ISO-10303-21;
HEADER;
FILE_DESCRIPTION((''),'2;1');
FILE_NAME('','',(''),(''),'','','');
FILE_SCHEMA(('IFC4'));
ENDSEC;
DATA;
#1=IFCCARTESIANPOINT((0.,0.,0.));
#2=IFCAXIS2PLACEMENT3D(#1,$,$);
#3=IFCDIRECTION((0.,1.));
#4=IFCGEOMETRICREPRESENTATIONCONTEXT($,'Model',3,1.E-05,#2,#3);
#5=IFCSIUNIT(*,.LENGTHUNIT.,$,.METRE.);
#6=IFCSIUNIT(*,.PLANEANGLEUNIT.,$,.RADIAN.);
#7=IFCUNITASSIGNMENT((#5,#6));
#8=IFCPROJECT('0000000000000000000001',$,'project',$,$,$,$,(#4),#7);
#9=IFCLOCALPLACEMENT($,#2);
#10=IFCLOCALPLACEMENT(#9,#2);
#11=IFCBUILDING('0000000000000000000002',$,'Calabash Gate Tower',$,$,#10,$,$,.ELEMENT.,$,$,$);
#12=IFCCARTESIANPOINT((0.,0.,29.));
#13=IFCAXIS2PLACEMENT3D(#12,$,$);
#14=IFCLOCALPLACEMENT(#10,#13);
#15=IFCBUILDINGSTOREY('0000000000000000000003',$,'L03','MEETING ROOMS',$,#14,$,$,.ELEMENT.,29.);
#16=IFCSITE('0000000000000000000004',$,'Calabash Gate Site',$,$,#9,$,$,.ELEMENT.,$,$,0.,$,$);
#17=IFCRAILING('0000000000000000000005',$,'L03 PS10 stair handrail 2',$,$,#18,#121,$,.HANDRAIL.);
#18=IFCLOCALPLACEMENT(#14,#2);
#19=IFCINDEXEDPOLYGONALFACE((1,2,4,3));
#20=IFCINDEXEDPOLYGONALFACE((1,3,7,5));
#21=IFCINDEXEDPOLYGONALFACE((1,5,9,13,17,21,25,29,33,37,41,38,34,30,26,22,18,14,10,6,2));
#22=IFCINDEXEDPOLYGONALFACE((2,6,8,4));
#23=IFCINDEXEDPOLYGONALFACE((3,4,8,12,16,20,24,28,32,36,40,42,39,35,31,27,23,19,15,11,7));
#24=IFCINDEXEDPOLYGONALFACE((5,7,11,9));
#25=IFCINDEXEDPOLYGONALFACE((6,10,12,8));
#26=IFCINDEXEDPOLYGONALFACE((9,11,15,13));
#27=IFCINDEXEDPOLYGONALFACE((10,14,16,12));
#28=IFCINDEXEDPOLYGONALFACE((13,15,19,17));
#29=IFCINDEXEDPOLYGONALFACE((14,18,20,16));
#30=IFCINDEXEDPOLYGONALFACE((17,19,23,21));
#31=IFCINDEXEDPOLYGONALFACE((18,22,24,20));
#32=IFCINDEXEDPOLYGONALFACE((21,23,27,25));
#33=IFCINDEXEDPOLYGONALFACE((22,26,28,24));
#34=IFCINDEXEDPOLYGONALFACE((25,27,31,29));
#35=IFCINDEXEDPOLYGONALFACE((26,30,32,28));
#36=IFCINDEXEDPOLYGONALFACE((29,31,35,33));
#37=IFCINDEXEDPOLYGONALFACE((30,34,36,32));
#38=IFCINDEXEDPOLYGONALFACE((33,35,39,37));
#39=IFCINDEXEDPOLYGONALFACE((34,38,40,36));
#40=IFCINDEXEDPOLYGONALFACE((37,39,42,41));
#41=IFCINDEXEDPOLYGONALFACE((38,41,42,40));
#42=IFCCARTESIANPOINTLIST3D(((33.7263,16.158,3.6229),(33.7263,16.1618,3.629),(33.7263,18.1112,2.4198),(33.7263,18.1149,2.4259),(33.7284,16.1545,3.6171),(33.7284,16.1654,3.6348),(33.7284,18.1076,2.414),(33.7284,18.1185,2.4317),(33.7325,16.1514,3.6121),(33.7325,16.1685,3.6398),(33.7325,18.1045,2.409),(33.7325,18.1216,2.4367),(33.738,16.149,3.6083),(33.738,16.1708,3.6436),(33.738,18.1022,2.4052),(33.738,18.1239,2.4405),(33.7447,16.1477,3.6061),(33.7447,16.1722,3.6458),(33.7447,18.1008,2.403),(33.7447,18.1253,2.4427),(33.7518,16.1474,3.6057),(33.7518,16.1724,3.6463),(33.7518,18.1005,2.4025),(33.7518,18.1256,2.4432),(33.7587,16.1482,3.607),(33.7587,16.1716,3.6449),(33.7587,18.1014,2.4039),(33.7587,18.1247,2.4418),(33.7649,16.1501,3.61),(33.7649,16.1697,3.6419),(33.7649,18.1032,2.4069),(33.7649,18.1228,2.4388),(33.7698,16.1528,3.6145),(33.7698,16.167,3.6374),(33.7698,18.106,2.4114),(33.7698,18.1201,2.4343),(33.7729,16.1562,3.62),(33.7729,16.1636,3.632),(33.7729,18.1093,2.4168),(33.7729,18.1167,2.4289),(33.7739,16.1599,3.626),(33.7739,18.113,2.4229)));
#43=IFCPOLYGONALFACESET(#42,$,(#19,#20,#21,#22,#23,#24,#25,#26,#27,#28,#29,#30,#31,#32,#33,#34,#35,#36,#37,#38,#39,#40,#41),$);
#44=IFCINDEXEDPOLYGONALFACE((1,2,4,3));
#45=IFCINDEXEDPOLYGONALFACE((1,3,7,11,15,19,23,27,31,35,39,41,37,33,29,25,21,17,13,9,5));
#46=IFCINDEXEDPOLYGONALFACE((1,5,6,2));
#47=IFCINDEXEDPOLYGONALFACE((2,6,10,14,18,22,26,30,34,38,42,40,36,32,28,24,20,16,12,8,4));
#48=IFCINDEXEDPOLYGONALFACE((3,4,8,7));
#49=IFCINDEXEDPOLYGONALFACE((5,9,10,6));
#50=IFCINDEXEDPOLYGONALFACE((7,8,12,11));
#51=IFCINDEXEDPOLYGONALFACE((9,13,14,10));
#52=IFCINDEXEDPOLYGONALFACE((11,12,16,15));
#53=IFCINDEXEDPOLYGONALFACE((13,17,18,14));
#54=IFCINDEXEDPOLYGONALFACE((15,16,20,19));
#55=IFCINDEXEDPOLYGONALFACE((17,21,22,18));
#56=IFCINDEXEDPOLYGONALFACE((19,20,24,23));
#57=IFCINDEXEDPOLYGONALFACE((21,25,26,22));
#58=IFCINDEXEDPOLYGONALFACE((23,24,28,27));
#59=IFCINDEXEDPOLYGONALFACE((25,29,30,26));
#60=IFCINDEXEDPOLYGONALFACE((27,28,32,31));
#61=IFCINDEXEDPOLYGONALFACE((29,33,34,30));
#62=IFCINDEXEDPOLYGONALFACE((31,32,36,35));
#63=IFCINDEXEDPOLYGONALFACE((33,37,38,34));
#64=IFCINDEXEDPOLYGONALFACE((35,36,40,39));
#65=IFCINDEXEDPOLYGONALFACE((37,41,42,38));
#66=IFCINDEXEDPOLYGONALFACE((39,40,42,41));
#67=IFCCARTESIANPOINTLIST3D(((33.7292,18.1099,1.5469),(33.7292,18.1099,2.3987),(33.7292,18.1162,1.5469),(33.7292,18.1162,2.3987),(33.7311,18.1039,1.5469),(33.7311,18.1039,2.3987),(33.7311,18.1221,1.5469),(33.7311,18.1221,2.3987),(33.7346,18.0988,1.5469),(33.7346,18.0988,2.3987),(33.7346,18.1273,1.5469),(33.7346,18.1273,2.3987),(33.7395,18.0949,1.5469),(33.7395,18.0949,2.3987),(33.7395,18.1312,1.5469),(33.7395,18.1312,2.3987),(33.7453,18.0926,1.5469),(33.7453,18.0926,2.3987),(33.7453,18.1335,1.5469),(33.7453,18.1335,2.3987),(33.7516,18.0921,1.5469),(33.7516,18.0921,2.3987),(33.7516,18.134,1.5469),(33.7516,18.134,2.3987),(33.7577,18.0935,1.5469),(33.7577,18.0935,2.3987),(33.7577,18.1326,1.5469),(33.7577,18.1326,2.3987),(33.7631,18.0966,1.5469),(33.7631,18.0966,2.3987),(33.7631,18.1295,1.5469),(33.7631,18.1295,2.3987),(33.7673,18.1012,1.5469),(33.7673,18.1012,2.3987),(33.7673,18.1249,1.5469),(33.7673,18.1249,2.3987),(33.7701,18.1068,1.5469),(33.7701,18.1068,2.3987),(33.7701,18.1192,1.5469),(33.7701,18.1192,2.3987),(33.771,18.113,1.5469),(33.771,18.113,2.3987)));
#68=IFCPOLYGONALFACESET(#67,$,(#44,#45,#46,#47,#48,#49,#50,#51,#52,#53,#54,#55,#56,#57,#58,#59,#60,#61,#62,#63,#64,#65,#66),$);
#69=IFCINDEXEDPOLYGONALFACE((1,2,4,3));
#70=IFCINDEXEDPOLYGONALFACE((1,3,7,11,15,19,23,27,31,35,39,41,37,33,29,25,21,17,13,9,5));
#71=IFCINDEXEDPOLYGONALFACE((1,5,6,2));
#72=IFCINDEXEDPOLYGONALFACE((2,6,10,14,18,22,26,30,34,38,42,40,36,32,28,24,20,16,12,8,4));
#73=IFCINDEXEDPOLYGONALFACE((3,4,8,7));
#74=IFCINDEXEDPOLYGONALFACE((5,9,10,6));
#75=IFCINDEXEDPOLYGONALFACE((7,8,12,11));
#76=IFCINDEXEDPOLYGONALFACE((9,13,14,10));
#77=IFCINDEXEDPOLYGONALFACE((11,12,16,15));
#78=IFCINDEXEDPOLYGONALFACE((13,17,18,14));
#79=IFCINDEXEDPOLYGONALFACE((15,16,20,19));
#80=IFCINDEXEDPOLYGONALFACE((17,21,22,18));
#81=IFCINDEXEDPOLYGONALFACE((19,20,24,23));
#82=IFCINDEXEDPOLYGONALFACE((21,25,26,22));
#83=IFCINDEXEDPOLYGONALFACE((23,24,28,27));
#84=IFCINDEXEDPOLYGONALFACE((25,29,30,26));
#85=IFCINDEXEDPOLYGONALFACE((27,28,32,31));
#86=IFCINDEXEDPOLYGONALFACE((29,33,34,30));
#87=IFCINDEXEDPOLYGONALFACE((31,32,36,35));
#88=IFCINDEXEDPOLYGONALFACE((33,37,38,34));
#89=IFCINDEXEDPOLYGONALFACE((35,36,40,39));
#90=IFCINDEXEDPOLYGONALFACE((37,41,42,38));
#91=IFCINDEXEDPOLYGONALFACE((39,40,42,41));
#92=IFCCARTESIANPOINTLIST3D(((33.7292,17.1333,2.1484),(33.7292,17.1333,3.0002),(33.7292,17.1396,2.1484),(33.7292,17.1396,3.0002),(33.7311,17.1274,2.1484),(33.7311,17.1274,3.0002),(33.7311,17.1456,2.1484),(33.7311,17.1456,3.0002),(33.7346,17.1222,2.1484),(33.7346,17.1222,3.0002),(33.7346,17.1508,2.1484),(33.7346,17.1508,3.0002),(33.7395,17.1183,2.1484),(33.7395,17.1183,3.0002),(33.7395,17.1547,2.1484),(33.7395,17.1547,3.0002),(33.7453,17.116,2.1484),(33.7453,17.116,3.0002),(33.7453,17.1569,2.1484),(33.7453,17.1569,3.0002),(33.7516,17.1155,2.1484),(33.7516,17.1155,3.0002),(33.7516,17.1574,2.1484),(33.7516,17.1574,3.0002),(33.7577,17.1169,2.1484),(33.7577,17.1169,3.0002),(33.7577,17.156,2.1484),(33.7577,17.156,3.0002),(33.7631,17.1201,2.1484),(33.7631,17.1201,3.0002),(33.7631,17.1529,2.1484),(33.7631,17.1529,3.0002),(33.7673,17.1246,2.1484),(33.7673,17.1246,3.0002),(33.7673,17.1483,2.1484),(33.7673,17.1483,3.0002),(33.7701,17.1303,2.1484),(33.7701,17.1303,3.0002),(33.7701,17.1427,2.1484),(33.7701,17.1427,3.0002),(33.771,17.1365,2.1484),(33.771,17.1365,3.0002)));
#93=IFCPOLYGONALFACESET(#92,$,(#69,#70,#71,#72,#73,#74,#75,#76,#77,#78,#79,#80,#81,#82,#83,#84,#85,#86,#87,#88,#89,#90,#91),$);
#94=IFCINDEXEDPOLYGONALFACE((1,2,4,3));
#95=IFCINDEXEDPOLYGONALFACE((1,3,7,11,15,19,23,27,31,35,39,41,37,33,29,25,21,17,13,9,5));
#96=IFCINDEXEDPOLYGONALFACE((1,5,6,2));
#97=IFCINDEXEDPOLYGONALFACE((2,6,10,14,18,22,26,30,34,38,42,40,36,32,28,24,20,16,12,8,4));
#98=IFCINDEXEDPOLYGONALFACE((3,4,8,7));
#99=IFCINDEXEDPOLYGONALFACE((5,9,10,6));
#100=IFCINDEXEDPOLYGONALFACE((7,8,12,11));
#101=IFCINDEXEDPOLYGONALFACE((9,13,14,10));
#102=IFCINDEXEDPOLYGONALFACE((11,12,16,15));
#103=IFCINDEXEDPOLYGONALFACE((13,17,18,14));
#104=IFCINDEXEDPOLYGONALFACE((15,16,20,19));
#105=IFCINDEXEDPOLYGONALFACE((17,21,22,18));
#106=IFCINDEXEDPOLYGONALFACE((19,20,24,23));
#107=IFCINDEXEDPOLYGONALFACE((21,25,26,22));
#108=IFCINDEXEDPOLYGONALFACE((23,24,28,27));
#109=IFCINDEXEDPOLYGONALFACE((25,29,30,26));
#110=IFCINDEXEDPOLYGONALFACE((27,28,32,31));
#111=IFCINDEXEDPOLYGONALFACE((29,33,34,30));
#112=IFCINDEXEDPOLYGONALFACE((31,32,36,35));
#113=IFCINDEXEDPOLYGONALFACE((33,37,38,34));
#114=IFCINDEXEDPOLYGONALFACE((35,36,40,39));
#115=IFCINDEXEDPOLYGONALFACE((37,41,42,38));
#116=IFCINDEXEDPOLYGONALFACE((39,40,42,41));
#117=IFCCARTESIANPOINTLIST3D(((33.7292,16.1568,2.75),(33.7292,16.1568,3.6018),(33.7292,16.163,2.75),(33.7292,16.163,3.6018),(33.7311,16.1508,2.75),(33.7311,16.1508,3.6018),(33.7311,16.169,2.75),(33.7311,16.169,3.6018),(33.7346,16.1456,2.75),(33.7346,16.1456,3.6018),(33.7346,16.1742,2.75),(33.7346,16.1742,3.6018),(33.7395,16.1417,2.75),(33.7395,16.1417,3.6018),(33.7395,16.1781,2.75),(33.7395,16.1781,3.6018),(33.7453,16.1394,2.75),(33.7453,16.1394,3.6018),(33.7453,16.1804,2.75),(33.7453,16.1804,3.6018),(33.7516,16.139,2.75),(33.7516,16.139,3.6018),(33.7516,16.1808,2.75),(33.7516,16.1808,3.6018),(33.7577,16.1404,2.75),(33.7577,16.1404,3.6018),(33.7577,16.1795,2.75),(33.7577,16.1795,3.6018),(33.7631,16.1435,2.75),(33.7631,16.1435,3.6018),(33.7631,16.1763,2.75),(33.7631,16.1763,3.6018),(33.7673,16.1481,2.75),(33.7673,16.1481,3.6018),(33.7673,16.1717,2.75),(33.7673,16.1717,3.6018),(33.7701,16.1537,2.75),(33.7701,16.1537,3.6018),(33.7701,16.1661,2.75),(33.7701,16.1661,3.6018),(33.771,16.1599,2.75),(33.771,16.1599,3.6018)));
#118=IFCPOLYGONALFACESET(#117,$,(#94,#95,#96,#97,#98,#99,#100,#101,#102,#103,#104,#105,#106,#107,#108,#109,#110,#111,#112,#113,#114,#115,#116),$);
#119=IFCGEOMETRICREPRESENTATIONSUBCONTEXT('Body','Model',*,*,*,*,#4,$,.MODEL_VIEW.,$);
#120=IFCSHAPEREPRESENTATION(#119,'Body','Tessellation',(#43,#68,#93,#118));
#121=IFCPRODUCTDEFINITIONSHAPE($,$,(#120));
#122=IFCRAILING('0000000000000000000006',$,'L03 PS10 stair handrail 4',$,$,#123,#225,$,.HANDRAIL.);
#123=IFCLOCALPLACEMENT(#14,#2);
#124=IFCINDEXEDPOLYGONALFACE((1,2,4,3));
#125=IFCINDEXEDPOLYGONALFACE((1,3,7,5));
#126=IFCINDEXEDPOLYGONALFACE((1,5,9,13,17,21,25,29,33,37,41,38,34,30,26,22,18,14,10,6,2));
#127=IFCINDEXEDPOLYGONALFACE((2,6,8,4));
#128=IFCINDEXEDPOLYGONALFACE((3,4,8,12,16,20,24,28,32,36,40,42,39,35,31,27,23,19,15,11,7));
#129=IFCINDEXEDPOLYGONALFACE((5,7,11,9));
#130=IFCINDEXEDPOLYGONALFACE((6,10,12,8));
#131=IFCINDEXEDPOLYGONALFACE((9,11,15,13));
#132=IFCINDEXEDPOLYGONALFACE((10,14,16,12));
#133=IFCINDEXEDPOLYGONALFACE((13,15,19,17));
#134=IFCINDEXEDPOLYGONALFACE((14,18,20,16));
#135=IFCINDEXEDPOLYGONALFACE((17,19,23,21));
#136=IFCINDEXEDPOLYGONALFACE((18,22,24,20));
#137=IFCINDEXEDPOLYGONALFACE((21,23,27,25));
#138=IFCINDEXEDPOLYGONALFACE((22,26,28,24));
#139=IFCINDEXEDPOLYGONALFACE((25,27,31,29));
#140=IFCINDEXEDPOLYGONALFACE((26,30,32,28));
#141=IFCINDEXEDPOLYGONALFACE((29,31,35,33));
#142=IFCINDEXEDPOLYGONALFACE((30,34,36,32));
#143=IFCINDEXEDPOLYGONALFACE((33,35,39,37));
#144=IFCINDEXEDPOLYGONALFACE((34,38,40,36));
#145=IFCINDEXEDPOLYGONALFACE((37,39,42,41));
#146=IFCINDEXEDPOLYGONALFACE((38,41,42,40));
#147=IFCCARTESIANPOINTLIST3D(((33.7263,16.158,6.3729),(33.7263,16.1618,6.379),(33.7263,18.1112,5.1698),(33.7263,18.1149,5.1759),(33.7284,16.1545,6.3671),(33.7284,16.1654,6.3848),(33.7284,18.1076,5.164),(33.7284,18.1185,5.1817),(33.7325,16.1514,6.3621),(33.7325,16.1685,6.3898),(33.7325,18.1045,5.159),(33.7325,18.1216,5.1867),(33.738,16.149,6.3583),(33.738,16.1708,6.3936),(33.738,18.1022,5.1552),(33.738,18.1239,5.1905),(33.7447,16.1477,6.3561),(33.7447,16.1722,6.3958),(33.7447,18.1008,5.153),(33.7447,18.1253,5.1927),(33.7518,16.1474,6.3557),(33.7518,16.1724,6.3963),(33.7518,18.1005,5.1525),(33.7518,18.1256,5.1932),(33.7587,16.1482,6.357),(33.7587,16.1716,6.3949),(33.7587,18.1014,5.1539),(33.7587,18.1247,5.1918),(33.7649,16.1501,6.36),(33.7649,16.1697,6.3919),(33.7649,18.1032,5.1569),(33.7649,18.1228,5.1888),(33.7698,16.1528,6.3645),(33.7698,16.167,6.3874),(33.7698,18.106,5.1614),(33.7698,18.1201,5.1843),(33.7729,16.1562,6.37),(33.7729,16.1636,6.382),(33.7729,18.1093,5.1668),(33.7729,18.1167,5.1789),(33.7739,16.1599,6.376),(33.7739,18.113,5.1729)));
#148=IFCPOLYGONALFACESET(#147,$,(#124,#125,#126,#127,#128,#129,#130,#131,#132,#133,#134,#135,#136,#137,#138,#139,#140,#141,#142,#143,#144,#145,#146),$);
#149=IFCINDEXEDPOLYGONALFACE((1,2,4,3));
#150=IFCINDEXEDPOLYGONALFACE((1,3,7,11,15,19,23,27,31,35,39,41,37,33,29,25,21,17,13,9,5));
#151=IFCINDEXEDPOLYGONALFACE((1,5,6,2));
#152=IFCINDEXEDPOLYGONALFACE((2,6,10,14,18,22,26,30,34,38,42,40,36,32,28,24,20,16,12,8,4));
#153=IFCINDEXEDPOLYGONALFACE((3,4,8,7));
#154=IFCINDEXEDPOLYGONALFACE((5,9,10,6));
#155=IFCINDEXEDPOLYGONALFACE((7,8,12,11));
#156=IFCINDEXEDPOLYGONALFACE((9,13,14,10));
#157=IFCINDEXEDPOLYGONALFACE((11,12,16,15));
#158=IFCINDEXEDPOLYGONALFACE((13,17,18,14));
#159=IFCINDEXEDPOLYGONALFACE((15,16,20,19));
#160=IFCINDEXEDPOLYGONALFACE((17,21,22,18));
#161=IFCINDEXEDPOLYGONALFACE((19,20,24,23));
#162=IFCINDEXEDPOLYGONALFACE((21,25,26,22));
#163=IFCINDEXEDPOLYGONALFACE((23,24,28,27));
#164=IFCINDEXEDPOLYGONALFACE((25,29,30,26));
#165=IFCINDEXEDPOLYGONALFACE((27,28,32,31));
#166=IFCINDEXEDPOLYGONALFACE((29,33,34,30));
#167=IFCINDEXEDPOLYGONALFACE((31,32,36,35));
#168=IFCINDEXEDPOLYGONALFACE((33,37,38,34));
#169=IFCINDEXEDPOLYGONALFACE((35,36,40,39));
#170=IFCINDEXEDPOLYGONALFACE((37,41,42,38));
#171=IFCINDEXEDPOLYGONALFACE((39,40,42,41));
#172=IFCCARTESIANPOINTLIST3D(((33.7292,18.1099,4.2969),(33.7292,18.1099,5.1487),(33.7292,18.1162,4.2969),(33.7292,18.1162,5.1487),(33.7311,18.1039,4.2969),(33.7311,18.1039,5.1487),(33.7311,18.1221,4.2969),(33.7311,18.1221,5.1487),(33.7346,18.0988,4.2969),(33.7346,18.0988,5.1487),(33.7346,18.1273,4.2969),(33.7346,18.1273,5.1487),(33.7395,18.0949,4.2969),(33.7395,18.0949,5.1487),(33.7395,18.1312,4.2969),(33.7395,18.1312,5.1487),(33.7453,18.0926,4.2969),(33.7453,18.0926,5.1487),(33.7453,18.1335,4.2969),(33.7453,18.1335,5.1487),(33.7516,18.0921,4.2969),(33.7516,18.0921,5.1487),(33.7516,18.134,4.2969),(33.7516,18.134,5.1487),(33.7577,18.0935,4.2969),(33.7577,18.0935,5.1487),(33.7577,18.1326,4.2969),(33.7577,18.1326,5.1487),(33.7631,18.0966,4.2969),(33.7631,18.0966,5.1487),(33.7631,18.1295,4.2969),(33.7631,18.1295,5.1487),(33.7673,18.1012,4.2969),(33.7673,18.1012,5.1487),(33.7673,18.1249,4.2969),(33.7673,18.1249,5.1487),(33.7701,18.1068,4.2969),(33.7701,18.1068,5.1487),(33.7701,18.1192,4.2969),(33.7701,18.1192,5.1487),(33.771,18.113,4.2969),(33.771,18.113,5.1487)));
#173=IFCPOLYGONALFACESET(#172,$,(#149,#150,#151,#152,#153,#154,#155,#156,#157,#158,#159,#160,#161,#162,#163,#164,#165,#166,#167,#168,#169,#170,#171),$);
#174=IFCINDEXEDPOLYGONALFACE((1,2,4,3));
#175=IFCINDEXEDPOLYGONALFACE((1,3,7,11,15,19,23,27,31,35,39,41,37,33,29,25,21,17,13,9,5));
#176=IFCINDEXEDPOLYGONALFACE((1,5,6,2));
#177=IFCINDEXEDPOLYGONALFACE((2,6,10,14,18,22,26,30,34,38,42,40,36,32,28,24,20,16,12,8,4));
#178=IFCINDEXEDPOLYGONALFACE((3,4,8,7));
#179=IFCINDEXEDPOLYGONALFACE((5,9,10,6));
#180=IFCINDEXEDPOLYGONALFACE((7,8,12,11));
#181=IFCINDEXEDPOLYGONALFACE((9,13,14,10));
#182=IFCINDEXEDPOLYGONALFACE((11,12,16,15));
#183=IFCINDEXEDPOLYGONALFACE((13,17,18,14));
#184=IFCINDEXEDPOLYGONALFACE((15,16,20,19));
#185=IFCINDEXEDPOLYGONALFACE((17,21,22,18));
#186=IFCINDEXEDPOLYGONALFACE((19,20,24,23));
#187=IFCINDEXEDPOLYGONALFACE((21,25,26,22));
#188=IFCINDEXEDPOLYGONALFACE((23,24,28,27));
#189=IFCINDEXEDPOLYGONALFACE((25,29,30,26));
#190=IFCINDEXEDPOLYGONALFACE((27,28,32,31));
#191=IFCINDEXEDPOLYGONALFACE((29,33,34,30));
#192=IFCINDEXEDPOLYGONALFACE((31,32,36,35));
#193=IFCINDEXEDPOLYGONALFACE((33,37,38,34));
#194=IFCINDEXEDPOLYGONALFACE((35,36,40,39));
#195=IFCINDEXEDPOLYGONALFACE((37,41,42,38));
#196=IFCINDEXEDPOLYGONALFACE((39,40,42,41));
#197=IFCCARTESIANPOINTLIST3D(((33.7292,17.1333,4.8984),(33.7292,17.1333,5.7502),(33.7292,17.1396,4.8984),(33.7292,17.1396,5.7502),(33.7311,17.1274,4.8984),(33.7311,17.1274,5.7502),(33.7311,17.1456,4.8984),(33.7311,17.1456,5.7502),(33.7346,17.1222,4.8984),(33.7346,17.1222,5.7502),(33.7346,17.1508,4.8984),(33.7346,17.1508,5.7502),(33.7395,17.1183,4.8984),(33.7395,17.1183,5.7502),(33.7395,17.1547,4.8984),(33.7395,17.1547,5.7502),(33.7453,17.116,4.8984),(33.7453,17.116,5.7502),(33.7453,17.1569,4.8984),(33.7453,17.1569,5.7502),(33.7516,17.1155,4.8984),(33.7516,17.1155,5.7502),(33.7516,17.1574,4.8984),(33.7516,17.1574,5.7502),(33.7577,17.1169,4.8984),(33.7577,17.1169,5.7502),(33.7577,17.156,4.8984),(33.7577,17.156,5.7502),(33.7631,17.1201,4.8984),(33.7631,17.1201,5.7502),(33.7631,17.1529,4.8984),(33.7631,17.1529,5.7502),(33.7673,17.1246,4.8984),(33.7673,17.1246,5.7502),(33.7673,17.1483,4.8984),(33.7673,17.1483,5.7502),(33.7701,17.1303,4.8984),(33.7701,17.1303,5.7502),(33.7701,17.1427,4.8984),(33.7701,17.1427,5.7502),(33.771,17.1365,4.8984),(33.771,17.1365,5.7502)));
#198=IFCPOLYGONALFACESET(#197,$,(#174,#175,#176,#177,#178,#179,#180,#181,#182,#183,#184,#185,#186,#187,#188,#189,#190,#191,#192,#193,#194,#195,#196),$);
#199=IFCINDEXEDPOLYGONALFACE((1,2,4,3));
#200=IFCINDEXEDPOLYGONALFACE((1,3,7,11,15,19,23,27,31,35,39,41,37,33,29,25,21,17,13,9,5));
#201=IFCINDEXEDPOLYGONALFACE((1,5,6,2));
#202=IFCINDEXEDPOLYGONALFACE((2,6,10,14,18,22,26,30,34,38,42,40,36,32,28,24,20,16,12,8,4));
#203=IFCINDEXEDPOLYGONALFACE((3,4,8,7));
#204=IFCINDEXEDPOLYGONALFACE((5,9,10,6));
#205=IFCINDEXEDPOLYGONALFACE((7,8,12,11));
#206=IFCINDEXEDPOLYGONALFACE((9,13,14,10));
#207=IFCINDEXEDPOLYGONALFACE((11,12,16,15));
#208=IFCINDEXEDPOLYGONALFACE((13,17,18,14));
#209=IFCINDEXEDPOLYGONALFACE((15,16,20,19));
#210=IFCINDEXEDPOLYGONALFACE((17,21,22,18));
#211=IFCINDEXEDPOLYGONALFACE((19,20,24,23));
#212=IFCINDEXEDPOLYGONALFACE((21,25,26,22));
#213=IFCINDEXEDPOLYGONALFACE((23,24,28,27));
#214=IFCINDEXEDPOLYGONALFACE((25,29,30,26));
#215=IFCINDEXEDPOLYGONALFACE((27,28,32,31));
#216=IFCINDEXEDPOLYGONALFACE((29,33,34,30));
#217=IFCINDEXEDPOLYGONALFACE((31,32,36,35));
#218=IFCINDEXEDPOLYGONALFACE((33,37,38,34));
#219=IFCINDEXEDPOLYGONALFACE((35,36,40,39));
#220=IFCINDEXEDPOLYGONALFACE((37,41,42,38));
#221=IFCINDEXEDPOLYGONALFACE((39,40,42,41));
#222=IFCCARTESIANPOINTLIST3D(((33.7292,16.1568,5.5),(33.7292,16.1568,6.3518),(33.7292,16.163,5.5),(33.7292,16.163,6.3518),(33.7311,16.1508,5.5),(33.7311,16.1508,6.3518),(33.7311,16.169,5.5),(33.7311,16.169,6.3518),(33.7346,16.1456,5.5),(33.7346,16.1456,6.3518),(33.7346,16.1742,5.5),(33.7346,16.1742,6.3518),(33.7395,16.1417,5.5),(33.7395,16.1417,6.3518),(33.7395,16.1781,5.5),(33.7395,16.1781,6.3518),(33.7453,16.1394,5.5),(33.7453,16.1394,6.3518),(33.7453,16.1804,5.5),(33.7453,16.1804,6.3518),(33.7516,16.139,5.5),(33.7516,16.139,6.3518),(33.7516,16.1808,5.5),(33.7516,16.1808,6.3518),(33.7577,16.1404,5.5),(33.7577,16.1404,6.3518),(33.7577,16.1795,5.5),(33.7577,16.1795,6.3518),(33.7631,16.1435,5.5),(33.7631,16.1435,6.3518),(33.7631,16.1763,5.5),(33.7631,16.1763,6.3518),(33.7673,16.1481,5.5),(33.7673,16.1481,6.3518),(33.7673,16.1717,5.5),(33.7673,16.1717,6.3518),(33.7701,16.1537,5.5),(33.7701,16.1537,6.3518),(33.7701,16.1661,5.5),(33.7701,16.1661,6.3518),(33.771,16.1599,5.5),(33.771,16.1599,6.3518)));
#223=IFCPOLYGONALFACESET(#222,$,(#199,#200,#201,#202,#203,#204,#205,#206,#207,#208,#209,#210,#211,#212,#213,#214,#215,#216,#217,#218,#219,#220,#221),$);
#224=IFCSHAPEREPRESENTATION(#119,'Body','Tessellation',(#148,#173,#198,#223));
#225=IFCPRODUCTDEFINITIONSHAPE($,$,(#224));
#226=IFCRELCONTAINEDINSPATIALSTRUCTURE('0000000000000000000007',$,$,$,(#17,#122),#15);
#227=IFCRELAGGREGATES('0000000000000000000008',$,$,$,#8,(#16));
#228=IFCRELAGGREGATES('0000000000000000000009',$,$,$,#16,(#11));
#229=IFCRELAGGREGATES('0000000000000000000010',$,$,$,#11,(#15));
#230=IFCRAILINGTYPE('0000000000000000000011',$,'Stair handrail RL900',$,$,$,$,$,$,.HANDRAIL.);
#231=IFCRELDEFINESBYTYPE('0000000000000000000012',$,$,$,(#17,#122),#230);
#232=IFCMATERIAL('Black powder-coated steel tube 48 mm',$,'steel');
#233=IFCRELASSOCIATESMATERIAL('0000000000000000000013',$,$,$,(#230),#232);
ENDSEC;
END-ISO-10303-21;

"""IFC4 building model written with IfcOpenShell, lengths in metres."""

from ifc_helpers import new_model, si_unit, direction, frame, origin, origin_2d, place, context, subcontext, project, spatial, circle, extrude, material, type_object, element, save


model = new_model("IFC4")

# Units and contexts
model_context = context("Model", 3, precision=1e-05, world=origin(), true_north=direction((0.0, 1.0)))
body_context = subcontext(model_context, "Body", "Model", "MODEL_VIEW")
ifc_project = project(units=[si_unit("LENGTHUNIT", "METRE"), si_unit("PLANEANGLEUNIT", "RADIAN")], contexts=[model_context])

# Site, building, storey
site_placement = place(None, origin())
site = spatial("IfcSite", under=ifc_project, at=site_placement, Name="Calabash Gate Site", CompositionType="ELEMENT", RefElevation=0.0)
building_placement = place(site_placement, origin())
building = spatial("IfcBuilding", under=site, at=building_placement, Name="Calabash Gate Tower", CompositionType="ELEMENT")
storey_placement = place(building_placement, frame((0.0, 0.0, 29.0)))
storey = spatial("IfcBuildingStorey", under=building, at=storey_placement, Name="L03", Description="MEETING ROOMS", CompositionType="ELEMENT", Elevation=29.0)

# Railings
ifc_material_1 = material(Name="Black powder-coated steel tube 48 mm", Category="steel")
railing_type = type_object("IfcRailingType", Name="Stair handrail RL900", PredefinedType="HANDRAIL", material=ifc_material_1)
for number, where, name in (
    (1, (33.75, 18.113, 1.5469), "L03 PS10 stair handrail 2"),
    (2, (33.75, 18.113, 4.2969), "L03 PS10 stair handrail 4"),
):
    element("IfcRailing", number, at=place(storey_placement, frame(where)), inside=storey, type_object=railing_type, Name=name, PredefinedType="HANDRAIL", context=body_context, shape_type="SweptSolid", body=[
        extrude(circle(Radius=0.0239, at=origin_2d()), frame((0.0, 0.0, 0.876), z_axis=(0.0, -0.851424, 0.524477), x_axis=(1.0, 0.0, 0.0)), (0.0, 0.0, 1.0), 2.2939),
        extrude(circle(Radius=0.021, at=origin_2d()), origin(), (0.0, 0.0, 1.0), 0.8518),
        extrude(circle(Radius=0.021, at=origin_2d()), frame((0.0, -0.9766, 0.6016)), (0.0, 0.0, 1.0), 0.8518),
        extrude(circle(Radius=0.021, at=origin_2d()), frame((0.0, -1.9531, 1.2031)), (0.0, 0.0, 1.0), 0.8518),
    ])

save(model, "model.ifc")
